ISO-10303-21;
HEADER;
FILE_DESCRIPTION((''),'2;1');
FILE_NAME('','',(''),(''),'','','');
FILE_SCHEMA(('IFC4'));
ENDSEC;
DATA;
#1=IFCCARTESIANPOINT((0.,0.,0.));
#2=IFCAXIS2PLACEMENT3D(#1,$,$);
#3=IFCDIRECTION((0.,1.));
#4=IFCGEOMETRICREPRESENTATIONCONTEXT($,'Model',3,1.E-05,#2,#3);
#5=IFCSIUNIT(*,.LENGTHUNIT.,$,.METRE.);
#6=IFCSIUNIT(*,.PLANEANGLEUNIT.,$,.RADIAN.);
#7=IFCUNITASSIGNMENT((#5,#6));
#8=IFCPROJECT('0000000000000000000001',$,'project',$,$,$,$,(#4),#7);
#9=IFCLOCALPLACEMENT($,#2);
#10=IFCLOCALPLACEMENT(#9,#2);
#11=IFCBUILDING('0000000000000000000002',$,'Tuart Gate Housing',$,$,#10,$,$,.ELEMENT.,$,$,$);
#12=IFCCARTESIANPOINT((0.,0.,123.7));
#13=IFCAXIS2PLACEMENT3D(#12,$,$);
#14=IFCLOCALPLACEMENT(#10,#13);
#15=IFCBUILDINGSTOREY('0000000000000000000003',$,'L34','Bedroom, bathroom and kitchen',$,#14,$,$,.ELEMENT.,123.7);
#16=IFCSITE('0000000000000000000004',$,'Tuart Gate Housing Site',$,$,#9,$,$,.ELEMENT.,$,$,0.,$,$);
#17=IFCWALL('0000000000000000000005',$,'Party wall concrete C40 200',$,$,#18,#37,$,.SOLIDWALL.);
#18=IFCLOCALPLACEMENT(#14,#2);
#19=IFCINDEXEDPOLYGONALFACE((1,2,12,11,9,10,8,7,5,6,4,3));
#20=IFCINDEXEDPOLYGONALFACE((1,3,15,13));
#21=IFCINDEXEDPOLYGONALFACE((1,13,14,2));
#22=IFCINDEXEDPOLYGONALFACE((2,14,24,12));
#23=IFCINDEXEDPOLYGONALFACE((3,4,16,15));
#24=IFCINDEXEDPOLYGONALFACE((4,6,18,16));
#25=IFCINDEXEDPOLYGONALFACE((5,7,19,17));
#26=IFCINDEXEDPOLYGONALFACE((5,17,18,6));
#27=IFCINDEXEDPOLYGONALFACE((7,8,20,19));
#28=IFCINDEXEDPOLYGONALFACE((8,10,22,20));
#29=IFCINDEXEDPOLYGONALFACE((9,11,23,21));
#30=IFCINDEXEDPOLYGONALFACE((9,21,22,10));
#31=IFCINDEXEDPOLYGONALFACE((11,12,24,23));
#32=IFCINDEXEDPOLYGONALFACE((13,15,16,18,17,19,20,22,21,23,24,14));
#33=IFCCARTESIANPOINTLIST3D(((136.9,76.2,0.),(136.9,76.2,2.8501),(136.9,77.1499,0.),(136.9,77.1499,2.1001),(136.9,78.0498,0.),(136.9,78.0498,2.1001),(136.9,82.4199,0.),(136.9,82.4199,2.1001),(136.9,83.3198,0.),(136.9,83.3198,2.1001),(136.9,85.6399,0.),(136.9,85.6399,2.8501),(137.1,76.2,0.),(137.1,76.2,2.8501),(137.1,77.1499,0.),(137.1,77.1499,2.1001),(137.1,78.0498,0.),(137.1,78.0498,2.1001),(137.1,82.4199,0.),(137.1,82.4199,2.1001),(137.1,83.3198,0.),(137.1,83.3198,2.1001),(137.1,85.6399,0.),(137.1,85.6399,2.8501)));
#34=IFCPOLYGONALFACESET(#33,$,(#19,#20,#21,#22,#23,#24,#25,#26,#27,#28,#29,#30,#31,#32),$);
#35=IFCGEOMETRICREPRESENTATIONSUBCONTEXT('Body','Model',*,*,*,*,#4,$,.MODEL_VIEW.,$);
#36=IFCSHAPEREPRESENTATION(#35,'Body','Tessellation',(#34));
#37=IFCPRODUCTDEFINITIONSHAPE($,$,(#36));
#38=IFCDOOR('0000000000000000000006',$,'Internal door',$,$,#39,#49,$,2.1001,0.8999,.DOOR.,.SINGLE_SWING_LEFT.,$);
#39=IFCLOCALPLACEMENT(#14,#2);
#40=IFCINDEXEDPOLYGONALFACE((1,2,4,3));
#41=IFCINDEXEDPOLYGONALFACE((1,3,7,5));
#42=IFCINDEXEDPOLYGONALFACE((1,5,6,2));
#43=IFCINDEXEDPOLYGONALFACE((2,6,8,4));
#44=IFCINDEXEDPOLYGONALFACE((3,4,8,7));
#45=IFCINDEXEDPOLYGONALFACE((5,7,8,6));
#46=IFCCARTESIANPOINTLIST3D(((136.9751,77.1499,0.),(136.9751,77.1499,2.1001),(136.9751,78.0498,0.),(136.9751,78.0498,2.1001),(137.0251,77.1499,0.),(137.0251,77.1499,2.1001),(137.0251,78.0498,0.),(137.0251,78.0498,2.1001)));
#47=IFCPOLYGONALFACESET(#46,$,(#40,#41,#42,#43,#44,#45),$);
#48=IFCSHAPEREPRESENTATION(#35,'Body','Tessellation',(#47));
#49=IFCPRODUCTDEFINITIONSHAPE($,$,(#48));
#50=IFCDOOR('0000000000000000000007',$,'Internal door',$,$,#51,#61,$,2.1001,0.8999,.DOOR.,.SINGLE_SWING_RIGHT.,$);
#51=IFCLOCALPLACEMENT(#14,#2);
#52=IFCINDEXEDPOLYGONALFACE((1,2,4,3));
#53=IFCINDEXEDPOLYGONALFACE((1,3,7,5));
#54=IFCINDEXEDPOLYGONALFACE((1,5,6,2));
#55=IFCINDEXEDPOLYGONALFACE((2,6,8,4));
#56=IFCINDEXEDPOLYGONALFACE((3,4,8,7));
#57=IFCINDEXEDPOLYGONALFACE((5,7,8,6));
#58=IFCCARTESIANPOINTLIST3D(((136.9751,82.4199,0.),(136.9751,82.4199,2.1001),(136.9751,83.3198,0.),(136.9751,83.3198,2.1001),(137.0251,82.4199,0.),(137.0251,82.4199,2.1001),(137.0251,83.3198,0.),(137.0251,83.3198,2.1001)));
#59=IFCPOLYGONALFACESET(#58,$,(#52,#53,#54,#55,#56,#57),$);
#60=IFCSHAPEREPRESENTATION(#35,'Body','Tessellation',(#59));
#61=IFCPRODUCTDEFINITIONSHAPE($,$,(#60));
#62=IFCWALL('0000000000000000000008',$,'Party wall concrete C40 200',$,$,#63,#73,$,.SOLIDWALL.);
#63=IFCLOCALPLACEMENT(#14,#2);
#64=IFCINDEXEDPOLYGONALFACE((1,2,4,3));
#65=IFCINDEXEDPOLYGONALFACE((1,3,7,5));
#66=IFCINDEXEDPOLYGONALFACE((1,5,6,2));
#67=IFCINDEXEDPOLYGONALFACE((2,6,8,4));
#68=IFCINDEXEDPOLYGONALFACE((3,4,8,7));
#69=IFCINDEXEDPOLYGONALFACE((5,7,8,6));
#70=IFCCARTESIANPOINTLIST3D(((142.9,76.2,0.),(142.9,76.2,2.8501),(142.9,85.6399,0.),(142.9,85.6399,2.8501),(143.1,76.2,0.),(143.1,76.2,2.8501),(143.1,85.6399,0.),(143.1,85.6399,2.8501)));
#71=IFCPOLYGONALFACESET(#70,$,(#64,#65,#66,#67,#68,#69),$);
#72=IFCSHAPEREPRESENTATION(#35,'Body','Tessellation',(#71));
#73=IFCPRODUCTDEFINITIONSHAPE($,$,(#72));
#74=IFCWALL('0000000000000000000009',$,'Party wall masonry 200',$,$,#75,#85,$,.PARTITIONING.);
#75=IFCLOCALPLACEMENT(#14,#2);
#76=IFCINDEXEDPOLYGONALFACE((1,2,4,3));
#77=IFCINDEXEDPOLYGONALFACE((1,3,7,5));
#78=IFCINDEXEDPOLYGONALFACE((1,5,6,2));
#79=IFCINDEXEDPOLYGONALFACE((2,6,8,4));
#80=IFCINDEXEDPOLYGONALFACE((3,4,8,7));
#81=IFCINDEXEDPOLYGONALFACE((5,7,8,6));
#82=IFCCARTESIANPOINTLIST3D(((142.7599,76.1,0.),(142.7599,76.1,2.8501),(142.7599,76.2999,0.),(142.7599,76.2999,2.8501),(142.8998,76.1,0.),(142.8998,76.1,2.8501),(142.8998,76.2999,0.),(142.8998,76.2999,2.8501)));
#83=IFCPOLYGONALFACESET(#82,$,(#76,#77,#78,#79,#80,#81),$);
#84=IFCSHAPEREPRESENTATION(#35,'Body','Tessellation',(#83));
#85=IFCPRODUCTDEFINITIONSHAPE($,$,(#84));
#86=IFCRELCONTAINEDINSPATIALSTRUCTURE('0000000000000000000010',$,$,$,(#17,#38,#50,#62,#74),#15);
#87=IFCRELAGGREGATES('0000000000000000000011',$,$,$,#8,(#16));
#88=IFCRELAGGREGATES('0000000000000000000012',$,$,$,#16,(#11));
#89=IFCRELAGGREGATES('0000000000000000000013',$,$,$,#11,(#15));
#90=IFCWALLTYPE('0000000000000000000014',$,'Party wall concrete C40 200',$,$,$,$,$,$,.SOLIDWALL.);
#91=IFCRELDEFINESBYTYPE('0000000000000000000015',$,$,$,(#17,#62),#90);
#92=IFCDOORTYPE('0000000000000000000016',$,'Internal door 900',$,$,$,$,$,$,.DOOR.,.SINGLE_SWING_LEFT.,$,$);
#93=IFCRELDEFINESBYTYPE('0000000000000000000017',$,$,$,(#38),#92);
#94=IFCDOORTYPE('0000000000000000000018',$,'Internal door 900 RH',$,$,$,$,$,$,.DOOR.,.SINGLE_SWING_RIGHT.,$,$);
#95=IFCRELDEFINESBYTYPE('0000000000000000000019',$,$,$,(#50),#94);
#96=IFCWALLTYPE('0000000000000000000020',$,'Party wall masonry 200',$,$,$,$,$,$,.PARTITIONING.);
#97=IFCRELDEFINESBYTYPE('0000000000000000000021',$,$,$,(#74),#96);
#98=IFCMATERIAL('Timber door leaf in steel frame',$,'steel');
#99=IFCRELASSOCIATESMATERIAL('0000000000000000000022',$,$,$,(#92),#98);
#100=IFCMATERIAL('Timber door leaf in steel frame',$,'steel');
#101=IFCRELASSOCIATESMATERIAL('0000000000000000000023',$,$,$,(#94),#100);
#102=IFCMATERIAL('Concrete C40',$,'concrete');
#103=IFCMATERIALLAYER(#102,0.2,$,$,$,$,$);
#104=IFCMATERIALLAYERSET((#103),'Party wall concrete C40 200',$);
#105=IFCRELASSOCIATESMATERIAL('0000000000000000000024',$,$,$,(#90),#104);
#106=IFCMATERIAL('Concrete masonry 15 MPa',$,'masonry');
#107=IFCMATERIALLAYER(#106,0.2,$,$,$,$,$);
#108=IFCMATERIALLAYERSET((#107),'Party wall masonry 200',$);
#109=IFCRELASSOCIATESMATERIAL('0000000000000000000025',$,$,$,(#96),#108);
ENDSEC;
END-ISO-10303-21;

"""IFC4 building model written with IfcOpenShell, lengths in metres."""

from ifc_helpers import new_model, si_unit, direction, frame, frame_2d, origin, place, context, subcontext, project, spatial, rectangle, extrude, material, layer, layer_set, type_object, element, fill, save


model = new_model("IFC4")

# Units and contexts
model_context = context("Model", 3, precision=1e-05, world=origin(), true_north=direction((0.0, 1.0)))
body_context = subcontext(model_context, "Body", "Model", "MODEL_VIEW")
ifc_project = project(units=[si_unit("LENGTHUNIT", "METRE"), si_unit("PLANEANGLEUNIT", "RADIAN")], contexts=[model_context])

# Site, building, storey
site_placement = place(None, origin())
site = spatial("IfcSite", under=ifc_project, at=site_placement, Name="Tuart Gate Housing Site", CompositionType="ELEMENT", RefElevation=0.0)
building_placement = place(site_placement, origin())
building = spatial("IfcBuilding", under=site, at=building_placement, Name="Tuart Gate Housing", CompositionType="ELEMENT")
storey_placement = place(building_placement, frame((0.0, 0.0, 123.7)))
storey = spatial("IfcBuildingStorey", under=building, at=storey_placement, Name="L34", Description="Bedroom, bathroom and kitchen", CompositionType="ELEMENT", Elevation=123.7)

# Shared definitions
ifc_material_1 = material(Name="Timber door leaf in steel frame", Category="steel")
door_type_1 = type_object("IfcDoorType", Name="Internal door 900", OperationType="SINGLE_SWING_LEFT", PredefinedType="DOOR", material=ifc_material_1)

# Shared definitions
ifc_material_2 = material(Name="Timber door leaf in steel frame", Category="steel")
door_type_2 = type_object("IfcDoorType", Name="Internal door 900 RH", OperationType="SINGLE_SWING_RIGHT", PredefinedType="DOOR", material=ifc_material_2)

# Wall, openings, doors
ifc_material_3 = material(Name="Concrete C40", Category="concrete")
ifc_layer_1 = layer(ifc_material_3, 0.2)
ifc_layer_set_1 = layer_set([ifc_layer_1], Name="Party wall concrete C40 200")
wall_type_1 = type_object("IfcWallType", Name="Party wall concrete C40 200", PredefinedType="SOLIDWALL", material=ifc_layer_set_1)
wall_1_placement = place(storey_placement, frame((137.0, 76.2, 0.0), z_axis=(0.0, 0.0, 1.0), x_axis=(0.0, 1.0, 0.0)))
wall_1 = element("IfcWall", 1, at=wall_1_placement, inside=storey, type_object=wall_type_1, Name="Party wall concrete C40 200", PredefinedType="SOLIDWALL", context=body_context, shape_type="SweptSolid", body=[
    extrude(rectangle(XDim=9.4399, YDim=0.2, at=frame_2d((4.72, 0.0))), origin(), (0.0, 0.0, 1.0), 2.8501),
])
opening_1_placement = place(wall_1_placement, frame((6.22, 0.0, 0.0)))
opening_1 = element("IfcOpeningElement", 2, at=opening_1_placement, cuts=wall_1, PredefinedType="OPENING", context=body_context, shape_type="SweptSolid", body=[
    extrude(rectangle(XDim=0.8999, YDim=2.1001, at=frame_2d((0.45, 1.05))), frame((0.0, 0.1099, 0.0), z_axis=(0.0, -1.0, 0.0), x_axis=(1.0, 0.0, 0.0)), (0.0, 0.0, 1.0), 0.22),
])
opening_2_placement = place(wall_1_placement, frame((0.95, 0.0, 0.0)))
opening_2 = element("IfcOpeningElement", 3, at=opening_2_placement, cuts=wall_1, PredefinedType="OPENING", context=body_context, shape_type="SweptSolid", body=[
    extrude(rectangle(XDim=0.8999, YDim=2.1001, at=frame_2d((0.45, 1.05))), frame((0.0, 0.1099, 0.0), z_axis=(0.0, -1.0, 0.0), x_axis=(1.0, 0.0, 0.0)), (0.0, 0.0, 1.0), 0.22),
])
door_1_placement = place(opening_2_placement, origin())
door_1 = element("IfcDoor", 4, at=door_1_placement, inside=storey, type_object=door_type_1, Name="Internal door", OperationType="SINGLE_SWING_LEFT", OverallHeight=2.1001, OverallWidth=0.8999, PredefinedType="DOOR", context=body_context, shape_type="SweptSolid", body=[
    extrude(rectangle(XDim=0.8999, YDim=2.1001, at=frame_2d((0.45, 1.05))), frame((0.0, 0.0249, 0.0), z_axis=(0.0, -1.0, 0.0), x_axis=(1.0, 0.0, 0.0)), (0.0, 0.0, 1.0), 0.05),
])
fill(opening_2, door_1)
door_2_placement = place(opening_1_placement, origin())
door_2 = element("IfcDoor", 5, at=door_2_placement, inside=storey, type_object=door_type_2, Name="Internal door", OperationType="SINGLE_SWING_RIGHT", OverallHeight=2.1001, OverallWidth=0.8999, PredefinedType="DOOR", context=body_context, shape_type="SweptSolid", body=[
    extrude(rectangle(XDim=0.8999, YDim=2.1001, at=frame_2d((0.45, 1.05))), frame((0.0, 0.0249, 0.0), z_axis=(0.0, -1.0, 0.0), x_axis=(1.0, 0.0, 0.0)), (0.0, 0.0, 1.0), 0.05),
])
fill(opening_1, door_2)

# Walls
wall_2_placement = place(storey_placement, frame((143.0, 76.2, 0.0), z_axis=(0.0, 0.0, 1.0), x_axis=(0.0, 1.0, 0.0)))
element("IfcWall", 6, at=wall_2_placement, inside=storey, type_object=wall_type_1, Name="Party wall concrete C40 200", PredefinedType="SOLIDWALL", context=body_context, shape_type="SweptSolid", body=[
    extrude(rectangle(XDim=9.4399, YDim=0.2, at=frame_2d((4.72, 0.0))), origin(), (0.0, 0.0, 1.0), 2.8501),
])
ifc_material_4 = material(Name="Concrete masonry 15 MPa", Category="masonry")
ifc_layer_2 = layer(ifc_material_4, 0.2)
ifc_layer_set_2 = layer_set([ifc_layer_2], Name="Party wall masonry 200")
wall_type_2 = type_object("IfcWallType", Name="Party wall masonry 200", PredefinedType="PARTITIONING", material=ifc_layer_set_2)
wall_3_placement = place(storey_placement, frame((142.76, 76.2, 0.0), z_axis=(0.0, 0.0, 1.0), x_axis=(1.0, 0.0, 0.0)))
element("IfcWall", 7, at=wall_3_placement, inside=storey, type_object=wall_type_2, Name="Party wall masonry 200", PredefinedType="PARTITIONING", context=body_context, shape_type="SweptSolid", body=[
    extrude(rectangle(XDim=0.1399, YDim=0.2, at=frame_2d((0.0698, 0.0))), origin(), (0.0, 0.0, 1.0), 2.8501),
])

save(model, "model.ifc")
